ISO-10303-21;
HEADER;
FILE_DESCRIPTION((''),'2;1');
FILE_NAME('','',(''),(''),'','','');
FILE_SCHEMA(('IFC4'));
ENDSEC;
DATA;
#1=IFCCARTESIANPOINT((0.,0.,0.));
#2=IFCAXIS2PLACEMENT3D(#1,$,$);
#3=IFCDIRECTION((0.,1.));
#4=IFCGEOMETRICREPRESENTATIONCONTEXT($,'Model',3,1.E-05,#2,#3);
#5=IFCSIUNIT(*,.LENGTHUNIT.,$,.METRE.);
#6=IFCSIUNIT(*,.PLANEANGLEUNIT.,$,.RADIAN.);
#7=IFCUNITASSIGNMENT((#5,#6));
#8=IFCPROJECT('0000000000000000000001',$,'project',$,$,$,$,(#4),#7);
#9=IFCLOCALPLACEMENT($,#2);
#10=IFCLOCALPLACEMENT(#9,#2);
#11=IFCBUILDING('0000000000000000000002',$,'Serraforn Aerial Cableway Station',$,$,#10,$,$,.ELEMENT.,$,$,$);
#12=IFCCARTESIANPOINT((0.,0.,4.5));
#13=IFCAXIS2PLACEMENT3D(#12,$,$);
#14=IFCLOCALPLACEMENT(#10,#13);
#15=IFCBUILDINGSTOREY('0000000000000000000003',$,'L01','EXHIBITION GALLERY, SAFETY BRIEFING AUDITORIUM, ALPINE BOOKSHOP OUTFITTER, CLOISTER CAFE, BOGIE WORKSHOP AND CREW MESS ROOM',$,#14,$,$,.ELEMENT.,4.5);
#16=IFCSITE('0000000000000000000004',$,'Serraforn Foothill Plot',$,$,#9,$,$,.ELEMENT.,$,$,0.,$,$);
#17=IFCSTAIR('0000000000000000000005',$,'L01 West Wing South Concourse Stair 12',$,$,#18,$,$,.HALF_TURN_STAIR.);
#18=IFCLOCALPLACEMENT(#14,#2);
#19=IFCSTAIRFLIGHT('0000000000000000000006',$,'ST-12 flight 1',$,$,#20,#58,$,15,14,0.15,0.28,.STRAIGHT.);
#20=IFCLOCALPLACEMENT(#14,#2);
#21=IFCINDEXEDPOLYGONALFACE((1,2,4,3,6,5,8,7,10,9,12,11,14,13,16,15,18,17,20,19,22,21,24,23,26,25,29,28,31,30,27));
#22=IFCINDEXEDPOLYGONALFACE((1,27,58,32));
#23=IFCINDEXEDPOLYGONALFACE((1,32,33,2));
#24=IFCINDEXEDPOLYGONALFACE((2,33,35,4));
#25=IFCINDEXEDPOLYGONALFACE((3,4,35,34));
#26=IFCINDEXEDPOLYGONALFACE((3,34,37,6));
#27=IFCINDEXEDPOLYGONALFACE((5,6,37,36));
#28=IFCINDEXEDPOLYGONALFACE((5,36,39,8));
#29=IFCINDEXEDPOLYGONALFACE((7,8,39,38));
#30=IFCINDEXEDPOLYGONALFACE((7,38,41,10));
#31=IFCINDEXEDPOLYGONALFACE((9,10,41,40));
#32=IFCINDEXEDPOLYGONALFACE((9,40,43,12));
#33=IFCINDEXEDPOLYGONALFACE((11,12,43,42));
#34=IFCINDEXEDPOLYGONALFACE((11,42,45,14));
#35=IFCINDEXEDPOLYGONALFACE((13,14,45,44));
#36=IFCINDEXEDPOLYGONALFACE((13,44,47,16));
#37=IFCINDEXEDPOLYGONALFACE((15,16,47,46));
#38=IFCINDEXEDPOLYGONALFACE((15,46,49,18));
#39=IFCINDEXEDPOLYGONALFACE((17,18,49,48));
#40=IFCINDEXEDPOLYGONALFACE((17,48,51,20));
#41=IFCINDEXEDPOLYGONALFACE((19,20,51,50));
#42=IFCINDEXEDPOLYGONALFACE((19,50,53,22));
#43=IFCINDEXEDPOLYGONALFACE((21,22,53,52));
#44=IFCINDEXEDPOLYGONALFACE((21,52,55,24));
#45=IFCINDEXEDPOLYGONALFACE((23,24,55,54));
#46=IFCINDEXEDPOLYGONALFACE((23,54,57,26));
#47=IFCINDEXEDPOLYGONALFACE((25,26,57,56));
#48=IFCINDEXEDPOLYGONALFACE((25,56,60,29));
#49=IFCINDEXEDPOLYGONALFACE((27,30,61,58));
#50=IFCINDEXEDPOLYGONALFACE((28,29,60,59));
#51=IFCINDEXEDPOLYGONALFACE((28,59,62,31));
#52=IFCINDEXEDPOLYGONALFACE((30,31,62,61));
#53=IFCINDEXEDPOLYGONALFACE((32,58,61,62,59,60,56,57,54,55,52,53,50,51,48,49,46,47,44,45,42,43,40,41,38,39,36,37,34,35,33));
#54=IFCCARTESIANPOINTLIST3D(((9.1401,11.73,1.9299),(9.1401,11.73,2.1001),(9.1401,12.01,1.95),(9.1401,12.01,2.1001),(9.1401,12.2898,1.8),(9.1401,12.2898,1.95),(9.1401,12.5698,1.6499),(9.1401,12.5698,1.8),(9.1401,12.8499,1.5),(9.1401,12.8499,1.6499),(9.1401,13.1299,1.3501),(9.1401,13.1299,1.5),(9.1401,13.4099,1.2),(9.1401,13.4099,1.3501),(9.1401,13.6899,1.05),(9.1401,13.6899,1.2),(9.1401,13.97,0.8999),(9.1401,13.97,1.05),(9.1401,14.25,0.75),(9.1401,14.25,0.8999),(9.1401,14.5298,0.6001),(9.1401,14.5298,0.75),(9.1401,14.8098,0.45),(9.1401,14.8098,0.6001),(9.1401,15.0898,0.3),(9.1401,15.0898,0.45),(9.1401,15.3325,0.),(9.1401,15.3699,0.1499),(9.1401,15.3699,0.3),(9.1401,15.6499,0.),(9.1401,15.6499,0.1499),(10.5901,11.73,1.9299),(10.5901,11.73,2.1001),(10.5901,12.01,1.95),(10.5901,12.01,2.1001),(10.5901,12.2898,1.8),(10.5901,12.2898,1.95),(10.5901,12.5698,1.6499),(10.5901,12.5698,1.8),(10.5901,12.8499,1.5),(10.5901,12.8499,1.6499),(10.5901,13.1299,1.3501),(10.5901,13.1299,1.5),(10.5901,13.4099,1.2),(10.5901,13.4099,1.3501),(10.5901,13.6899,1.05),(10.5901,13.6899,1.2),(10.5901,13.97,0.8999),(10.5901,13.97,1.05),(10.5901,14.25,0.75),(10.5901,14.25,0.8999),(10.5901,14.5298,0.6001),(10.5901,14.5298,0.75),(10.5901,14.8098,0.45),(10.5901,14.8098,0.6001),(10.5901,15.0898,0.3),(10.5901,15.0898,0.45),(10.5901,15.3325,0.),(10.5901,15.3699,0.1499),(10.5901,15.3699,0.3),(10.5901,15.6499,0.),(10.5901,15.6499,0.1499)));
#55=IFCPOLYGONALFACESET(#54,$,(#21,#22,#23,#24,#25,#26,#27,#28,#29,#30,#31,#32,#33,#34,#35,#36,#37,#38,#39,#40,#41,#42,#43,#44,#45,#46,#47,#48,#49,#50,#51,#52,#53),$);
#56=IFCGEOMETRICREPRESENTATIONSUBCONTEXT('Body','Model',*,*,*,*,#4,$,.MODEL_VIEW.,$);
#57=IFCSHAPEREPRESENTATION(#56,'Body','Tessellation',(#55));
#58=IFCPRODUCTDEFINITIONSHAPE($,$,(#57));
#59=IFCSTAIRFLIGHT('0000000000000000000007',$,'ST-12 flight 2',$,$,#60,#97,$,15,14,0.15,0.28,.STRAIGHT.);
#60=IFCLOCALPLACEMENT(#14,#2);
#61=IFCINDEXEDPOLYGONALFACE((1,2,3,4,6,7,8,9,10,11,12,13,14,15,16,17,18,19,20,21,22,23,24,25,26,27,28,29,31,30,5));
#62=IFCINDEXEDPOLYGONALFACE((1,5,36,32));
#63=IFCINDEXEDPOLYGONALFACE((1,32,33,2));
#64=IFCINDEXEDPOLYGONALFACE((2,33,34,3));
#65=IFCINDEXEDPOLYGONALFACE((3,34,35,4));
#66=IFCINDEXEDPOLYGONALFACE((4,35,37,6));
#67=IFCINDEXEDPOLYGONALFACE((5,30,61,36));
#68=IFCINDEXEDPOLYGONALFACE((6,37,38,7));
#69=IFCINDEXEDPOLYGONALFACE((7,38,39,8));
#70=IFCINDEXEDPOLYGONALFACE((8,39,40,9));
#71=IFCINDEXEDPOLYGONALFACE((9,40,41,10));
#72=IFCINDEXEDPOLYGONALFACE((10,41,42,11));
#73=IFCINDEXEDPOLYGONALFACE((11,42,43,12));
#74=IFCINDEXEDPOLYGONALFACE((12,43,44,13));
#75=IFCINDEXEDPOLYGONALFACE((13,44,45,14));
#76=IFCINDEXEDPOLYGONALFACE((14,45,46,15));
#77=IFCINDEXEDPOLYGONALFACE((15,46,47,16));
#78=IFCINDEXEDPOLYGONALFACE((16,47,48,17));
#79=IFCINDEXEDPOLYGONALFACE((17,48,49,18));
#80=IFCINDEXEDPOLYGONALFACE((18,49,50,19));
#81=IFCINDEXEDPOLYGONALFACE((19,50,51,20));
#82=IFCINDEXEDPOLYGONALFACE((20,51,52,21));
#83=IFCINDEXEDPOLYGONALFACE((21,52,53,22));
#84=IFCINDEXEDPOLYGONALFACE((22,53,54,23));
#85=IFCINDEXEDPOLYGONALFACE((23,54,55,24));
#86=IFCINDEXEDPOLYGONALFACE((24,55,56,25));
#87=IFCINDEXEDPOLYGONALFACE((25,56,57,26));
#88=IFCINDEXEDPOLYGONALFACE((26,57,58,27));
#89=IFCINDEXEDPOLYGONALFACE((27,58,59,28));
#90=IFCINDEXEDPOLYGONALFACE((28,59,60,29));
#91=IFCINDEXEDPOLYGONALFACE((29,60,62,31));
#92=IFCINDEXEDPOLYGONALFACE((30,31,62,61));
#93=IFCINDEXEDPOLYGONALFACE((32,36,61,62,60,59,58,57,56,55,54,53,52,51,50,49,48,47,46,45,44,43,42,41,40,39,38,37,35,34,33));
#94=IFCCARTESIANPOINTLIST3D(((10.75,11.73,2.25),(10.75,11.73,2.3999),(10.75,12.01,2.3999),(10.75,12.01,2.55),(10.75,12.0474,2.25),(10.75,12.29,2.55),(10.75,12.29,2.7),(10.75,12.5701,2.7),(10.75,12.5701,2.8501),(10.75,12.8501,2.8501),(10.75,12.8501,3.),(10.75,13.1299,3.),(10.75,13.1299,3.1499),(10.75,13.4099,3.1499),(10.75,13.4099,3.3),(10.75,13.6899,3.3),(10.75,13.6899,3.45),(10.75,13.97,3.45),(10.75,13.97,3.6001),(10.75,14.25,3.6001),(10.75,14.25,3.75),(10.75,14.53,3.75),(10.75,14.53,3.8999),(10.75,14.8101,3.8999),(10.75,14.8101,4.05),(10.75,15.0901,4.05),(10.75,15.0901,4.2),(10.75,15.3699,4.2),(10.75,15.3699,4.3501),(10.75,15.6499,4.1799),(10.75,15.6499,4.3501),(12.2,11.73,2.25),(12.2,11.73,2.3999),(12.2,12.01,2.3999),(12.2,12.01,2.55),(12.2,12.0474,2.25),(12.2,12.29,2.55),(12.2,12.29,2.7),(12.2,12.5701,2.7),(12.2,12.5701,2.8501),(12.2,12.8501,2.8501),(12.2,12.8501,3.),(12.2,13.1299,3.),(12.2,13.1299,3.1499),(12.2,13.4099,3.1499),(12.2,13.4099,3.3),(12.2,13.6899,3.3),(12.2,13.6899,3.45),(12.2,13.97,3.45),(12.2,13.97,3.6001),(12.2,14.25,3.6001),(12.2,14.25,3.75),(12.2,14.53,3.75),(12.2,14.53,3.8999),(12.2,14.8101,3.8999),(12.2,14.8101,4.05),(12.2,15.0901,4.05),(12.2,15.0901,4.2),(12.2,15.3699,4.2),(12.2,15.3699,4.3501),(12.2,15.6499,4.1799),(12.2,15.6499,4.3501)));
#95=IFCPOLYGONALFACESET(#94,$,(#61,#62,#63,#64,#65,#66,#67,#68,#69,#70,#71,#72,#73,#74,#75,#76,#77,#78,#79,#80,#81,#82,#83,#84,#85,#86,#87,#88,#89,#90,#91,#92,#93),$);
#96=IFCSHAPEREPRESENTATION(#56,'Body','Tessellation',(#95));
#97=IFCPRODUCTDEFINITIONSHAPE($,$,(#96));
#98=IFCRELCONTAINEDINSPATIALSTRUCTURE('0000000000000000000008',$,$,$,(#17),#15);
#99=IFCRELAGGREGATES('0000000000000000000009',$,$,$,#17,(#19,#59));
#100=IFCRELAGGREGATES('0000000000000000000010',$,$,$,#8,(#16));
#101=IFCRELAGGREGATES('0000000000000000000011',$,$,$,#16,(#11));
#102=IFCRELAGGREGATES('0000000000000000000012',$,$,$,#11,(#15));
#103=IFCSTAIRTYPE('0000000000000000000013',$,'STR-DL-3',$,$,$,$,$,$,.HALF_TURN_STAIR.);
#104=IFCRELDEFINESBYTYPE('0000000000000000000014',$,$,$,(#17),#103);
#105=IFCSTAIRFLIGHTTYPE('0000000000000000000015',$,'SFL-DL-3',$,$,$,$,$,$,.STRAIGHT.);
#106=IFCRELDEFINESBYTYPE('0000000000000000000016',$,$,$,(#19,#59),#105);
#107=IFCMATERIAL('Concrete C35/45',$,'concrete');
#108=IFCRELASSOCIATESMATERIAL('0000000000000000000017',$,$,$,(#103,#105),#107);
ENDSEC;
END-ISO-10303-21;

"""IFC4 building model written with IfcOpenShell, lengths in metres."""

from ifc_helpers import new_model, si_unit, direction, frame, origin, place, context, subcontext, project, spatial, polyline, outline, extrude, material, type_object, element, aggregate, save


model = new_model("IFC4")

# Units and contexts
model_context = context("Model", 3, precision=1e-05, world=origin(), true_north=direction((0.0, 1.0)))
body_context = subcontext(model_context, "Body", "Model", "MODEL_VIEW")
ifc_project = project(units=[si_unit("LENGTHUNIT", "METRE"), si_unit("PLANEANGLEUNIT", "RADIAN")], contexts=[model_context])

# Site, building, storey
site_placement = place(None, origin())
site = spatial("IfcSite", under=ifc_project, at=site_placement, Name="Serraforn Foothill Plot", CompositionType="ELEMENT", RefElevation=0.0)
building_placement = place(site_placement, origin())
building = spatial("IfcBuilding", under=site, at=building_placement, Name="Serraforn Aerial Cableway Station", CompositionType="ELEMENT")
storey_placement = place(building_placement, frame((0.0, 0.0, 4.5)))
storey = spatial("IfcBuildingStorey", under=building, at=storey_placement, Name="L01", Description="EXHIBITION GALLERY, SAFETY BRIEFING AUDITORIUM, ALPINE BOOKSHOP OUTFITTER, CLOISTER CAFE, BOGIE WORKSHOP AND CREW MESS ROOM", CompositionType="ELEMENT", Elevation=4.5)

# Shared definitions
ifc_material_1 = material(Name="Concrete C35/45", Category="concrete")

# Stair, stair flights
stair_type = type_object("IfcStairType", Name="STR-DL-3", PredefinedType="HALF_TURN_STAIR", material=ifc_material_1)
stair_placement = place(storey_placement, origin())
stair = element("IfcStair", 1, at=stair_placement, inside=storey, type_object=stair_type, Name="L01 West Wing South Concourse Stair 12", PredefinedType="HALF_TURN_STAIR")
stair_flight_type = type_object("IfcStairFlightType", Name="SFL-DL-3", PredefinedType="STRAIGHT", material=ifc_material_1)
stair_flight_1_placement = place(storey_placement, frame((9.865, 15.6499, 0.0), z_axis=(0.0, 0.0, 1.0), x_axis=(0.0, -1.0, 0.0)))
stair_flight_1 = element("IfcStairFlight", 2, at=stair_flight_1_placement, type_object=stair_flight_type, Name="ST-12 flight 1", NumberOfRisers=15, NumberOfTreads=14, PredefinedType="STRAIGHT", RiserHeight=0.15, TreadLength=0.28, context=body_context, shape_type="SweptSolid", body=[
    extrude(outline(polyline([(0.0, 0.0), (0.0, 0.1499), (0.28, 0.1499), (0.28, 0.3), (0.5601, 0.3), (0.5601, 0.45), (0.8401, 0.45), (0.8401, 0.6001), (1.1201, 0.6001), (1.1201, 0.75), (1.3999, 0.75), (1.3999, 0.8999), (1.6799, 0.8999), (1.6799, 1.05), (1.96, 1.05), (1.96, 1.2), (2.24, 1.2), (2.24, 1.3501), (2.52, 1.3501), (2.52, 1.5), (2.8, 1.5), (2.8, 1.6499), (3.0801, 1.6499), (3.0801, 1.8), (3.3601, 1.8), (3.3601, 1.95), (3.6399, 1.95), (3.6399, 2.1001), (3.9199, 2.1001), (3.9199, 2.25), (3.9199, 1.9299), (0.3174, 0.0), (0.0, 0.0)])), frame((0.0, 0.7251, 0.0), z_axis=(0.0, -1.0, 0.0), x_axis=(1.0, 0.0, 0.0)), (0.0, 0.0, 1.0), 1.45),
])
stair_flight_2_placement = place(storey_placement, frame((11.4751, 11.73, 2.25), z_axis=(0.0, 0.0, 1.0), x_axis=(0.0, 1.0, 0.0)))
stair_flight_2 = element("IfcStairFlight", 3, at=stair_flight_2_placement, type_object=stair_flight_type, Name="ST-12 flight 2", NumberOfRisers=15, NumberOfTreads=14, PredefinedType="STRAIGHT", RiserHeight=0.15, TreadLength=0.28, context=body_context, shape_type="SweptSolid", body=[
    extrude(outline(polyline([(0.0, 0.0), (0.0, 0.1499), (0.28, 0.1499), (0.28, 0.3), (0.5601, 0.3), (0.5601, 0.45), (0.8401, 0.45), (0.8401, 0.6001), (1.1201, 0.6001), (1.1201, 0.75), (1.3999, 0.75), (1.3999, 0.8999), (1.6799, 0.8999), (1.6799, 1.05), (1.96, 1.05), (1.96, 1.2), (2.24, 1.2), (2.24, 1.3501), (2.52, 1.3501), (2.52, 1.5), (2.8, 1.5), (2.8, 1.6499), (3.0801, 1.6499), (3.0801, 1.8), (3.3601, 1.8), (3.3601, 1.95), (3.6399, 1.95), (3.6399, 2.1001), (3.9199, 2.1001), (3.9199, 2.25), (3.9199, 1.9299), (0.3174, 0.0), (0.0, 0.0)])), frame((0.0, 0.7251, 0.0), z_axis=(0.0, -1.0, 0.0), x_axis=(1.0, 0.0, 0.0)), (0.0, 0.0, 1.0), 1.45),
])
aggregate(stair, [stair_flight_1, stair_flight_2])

save(model, "model.ifc")
